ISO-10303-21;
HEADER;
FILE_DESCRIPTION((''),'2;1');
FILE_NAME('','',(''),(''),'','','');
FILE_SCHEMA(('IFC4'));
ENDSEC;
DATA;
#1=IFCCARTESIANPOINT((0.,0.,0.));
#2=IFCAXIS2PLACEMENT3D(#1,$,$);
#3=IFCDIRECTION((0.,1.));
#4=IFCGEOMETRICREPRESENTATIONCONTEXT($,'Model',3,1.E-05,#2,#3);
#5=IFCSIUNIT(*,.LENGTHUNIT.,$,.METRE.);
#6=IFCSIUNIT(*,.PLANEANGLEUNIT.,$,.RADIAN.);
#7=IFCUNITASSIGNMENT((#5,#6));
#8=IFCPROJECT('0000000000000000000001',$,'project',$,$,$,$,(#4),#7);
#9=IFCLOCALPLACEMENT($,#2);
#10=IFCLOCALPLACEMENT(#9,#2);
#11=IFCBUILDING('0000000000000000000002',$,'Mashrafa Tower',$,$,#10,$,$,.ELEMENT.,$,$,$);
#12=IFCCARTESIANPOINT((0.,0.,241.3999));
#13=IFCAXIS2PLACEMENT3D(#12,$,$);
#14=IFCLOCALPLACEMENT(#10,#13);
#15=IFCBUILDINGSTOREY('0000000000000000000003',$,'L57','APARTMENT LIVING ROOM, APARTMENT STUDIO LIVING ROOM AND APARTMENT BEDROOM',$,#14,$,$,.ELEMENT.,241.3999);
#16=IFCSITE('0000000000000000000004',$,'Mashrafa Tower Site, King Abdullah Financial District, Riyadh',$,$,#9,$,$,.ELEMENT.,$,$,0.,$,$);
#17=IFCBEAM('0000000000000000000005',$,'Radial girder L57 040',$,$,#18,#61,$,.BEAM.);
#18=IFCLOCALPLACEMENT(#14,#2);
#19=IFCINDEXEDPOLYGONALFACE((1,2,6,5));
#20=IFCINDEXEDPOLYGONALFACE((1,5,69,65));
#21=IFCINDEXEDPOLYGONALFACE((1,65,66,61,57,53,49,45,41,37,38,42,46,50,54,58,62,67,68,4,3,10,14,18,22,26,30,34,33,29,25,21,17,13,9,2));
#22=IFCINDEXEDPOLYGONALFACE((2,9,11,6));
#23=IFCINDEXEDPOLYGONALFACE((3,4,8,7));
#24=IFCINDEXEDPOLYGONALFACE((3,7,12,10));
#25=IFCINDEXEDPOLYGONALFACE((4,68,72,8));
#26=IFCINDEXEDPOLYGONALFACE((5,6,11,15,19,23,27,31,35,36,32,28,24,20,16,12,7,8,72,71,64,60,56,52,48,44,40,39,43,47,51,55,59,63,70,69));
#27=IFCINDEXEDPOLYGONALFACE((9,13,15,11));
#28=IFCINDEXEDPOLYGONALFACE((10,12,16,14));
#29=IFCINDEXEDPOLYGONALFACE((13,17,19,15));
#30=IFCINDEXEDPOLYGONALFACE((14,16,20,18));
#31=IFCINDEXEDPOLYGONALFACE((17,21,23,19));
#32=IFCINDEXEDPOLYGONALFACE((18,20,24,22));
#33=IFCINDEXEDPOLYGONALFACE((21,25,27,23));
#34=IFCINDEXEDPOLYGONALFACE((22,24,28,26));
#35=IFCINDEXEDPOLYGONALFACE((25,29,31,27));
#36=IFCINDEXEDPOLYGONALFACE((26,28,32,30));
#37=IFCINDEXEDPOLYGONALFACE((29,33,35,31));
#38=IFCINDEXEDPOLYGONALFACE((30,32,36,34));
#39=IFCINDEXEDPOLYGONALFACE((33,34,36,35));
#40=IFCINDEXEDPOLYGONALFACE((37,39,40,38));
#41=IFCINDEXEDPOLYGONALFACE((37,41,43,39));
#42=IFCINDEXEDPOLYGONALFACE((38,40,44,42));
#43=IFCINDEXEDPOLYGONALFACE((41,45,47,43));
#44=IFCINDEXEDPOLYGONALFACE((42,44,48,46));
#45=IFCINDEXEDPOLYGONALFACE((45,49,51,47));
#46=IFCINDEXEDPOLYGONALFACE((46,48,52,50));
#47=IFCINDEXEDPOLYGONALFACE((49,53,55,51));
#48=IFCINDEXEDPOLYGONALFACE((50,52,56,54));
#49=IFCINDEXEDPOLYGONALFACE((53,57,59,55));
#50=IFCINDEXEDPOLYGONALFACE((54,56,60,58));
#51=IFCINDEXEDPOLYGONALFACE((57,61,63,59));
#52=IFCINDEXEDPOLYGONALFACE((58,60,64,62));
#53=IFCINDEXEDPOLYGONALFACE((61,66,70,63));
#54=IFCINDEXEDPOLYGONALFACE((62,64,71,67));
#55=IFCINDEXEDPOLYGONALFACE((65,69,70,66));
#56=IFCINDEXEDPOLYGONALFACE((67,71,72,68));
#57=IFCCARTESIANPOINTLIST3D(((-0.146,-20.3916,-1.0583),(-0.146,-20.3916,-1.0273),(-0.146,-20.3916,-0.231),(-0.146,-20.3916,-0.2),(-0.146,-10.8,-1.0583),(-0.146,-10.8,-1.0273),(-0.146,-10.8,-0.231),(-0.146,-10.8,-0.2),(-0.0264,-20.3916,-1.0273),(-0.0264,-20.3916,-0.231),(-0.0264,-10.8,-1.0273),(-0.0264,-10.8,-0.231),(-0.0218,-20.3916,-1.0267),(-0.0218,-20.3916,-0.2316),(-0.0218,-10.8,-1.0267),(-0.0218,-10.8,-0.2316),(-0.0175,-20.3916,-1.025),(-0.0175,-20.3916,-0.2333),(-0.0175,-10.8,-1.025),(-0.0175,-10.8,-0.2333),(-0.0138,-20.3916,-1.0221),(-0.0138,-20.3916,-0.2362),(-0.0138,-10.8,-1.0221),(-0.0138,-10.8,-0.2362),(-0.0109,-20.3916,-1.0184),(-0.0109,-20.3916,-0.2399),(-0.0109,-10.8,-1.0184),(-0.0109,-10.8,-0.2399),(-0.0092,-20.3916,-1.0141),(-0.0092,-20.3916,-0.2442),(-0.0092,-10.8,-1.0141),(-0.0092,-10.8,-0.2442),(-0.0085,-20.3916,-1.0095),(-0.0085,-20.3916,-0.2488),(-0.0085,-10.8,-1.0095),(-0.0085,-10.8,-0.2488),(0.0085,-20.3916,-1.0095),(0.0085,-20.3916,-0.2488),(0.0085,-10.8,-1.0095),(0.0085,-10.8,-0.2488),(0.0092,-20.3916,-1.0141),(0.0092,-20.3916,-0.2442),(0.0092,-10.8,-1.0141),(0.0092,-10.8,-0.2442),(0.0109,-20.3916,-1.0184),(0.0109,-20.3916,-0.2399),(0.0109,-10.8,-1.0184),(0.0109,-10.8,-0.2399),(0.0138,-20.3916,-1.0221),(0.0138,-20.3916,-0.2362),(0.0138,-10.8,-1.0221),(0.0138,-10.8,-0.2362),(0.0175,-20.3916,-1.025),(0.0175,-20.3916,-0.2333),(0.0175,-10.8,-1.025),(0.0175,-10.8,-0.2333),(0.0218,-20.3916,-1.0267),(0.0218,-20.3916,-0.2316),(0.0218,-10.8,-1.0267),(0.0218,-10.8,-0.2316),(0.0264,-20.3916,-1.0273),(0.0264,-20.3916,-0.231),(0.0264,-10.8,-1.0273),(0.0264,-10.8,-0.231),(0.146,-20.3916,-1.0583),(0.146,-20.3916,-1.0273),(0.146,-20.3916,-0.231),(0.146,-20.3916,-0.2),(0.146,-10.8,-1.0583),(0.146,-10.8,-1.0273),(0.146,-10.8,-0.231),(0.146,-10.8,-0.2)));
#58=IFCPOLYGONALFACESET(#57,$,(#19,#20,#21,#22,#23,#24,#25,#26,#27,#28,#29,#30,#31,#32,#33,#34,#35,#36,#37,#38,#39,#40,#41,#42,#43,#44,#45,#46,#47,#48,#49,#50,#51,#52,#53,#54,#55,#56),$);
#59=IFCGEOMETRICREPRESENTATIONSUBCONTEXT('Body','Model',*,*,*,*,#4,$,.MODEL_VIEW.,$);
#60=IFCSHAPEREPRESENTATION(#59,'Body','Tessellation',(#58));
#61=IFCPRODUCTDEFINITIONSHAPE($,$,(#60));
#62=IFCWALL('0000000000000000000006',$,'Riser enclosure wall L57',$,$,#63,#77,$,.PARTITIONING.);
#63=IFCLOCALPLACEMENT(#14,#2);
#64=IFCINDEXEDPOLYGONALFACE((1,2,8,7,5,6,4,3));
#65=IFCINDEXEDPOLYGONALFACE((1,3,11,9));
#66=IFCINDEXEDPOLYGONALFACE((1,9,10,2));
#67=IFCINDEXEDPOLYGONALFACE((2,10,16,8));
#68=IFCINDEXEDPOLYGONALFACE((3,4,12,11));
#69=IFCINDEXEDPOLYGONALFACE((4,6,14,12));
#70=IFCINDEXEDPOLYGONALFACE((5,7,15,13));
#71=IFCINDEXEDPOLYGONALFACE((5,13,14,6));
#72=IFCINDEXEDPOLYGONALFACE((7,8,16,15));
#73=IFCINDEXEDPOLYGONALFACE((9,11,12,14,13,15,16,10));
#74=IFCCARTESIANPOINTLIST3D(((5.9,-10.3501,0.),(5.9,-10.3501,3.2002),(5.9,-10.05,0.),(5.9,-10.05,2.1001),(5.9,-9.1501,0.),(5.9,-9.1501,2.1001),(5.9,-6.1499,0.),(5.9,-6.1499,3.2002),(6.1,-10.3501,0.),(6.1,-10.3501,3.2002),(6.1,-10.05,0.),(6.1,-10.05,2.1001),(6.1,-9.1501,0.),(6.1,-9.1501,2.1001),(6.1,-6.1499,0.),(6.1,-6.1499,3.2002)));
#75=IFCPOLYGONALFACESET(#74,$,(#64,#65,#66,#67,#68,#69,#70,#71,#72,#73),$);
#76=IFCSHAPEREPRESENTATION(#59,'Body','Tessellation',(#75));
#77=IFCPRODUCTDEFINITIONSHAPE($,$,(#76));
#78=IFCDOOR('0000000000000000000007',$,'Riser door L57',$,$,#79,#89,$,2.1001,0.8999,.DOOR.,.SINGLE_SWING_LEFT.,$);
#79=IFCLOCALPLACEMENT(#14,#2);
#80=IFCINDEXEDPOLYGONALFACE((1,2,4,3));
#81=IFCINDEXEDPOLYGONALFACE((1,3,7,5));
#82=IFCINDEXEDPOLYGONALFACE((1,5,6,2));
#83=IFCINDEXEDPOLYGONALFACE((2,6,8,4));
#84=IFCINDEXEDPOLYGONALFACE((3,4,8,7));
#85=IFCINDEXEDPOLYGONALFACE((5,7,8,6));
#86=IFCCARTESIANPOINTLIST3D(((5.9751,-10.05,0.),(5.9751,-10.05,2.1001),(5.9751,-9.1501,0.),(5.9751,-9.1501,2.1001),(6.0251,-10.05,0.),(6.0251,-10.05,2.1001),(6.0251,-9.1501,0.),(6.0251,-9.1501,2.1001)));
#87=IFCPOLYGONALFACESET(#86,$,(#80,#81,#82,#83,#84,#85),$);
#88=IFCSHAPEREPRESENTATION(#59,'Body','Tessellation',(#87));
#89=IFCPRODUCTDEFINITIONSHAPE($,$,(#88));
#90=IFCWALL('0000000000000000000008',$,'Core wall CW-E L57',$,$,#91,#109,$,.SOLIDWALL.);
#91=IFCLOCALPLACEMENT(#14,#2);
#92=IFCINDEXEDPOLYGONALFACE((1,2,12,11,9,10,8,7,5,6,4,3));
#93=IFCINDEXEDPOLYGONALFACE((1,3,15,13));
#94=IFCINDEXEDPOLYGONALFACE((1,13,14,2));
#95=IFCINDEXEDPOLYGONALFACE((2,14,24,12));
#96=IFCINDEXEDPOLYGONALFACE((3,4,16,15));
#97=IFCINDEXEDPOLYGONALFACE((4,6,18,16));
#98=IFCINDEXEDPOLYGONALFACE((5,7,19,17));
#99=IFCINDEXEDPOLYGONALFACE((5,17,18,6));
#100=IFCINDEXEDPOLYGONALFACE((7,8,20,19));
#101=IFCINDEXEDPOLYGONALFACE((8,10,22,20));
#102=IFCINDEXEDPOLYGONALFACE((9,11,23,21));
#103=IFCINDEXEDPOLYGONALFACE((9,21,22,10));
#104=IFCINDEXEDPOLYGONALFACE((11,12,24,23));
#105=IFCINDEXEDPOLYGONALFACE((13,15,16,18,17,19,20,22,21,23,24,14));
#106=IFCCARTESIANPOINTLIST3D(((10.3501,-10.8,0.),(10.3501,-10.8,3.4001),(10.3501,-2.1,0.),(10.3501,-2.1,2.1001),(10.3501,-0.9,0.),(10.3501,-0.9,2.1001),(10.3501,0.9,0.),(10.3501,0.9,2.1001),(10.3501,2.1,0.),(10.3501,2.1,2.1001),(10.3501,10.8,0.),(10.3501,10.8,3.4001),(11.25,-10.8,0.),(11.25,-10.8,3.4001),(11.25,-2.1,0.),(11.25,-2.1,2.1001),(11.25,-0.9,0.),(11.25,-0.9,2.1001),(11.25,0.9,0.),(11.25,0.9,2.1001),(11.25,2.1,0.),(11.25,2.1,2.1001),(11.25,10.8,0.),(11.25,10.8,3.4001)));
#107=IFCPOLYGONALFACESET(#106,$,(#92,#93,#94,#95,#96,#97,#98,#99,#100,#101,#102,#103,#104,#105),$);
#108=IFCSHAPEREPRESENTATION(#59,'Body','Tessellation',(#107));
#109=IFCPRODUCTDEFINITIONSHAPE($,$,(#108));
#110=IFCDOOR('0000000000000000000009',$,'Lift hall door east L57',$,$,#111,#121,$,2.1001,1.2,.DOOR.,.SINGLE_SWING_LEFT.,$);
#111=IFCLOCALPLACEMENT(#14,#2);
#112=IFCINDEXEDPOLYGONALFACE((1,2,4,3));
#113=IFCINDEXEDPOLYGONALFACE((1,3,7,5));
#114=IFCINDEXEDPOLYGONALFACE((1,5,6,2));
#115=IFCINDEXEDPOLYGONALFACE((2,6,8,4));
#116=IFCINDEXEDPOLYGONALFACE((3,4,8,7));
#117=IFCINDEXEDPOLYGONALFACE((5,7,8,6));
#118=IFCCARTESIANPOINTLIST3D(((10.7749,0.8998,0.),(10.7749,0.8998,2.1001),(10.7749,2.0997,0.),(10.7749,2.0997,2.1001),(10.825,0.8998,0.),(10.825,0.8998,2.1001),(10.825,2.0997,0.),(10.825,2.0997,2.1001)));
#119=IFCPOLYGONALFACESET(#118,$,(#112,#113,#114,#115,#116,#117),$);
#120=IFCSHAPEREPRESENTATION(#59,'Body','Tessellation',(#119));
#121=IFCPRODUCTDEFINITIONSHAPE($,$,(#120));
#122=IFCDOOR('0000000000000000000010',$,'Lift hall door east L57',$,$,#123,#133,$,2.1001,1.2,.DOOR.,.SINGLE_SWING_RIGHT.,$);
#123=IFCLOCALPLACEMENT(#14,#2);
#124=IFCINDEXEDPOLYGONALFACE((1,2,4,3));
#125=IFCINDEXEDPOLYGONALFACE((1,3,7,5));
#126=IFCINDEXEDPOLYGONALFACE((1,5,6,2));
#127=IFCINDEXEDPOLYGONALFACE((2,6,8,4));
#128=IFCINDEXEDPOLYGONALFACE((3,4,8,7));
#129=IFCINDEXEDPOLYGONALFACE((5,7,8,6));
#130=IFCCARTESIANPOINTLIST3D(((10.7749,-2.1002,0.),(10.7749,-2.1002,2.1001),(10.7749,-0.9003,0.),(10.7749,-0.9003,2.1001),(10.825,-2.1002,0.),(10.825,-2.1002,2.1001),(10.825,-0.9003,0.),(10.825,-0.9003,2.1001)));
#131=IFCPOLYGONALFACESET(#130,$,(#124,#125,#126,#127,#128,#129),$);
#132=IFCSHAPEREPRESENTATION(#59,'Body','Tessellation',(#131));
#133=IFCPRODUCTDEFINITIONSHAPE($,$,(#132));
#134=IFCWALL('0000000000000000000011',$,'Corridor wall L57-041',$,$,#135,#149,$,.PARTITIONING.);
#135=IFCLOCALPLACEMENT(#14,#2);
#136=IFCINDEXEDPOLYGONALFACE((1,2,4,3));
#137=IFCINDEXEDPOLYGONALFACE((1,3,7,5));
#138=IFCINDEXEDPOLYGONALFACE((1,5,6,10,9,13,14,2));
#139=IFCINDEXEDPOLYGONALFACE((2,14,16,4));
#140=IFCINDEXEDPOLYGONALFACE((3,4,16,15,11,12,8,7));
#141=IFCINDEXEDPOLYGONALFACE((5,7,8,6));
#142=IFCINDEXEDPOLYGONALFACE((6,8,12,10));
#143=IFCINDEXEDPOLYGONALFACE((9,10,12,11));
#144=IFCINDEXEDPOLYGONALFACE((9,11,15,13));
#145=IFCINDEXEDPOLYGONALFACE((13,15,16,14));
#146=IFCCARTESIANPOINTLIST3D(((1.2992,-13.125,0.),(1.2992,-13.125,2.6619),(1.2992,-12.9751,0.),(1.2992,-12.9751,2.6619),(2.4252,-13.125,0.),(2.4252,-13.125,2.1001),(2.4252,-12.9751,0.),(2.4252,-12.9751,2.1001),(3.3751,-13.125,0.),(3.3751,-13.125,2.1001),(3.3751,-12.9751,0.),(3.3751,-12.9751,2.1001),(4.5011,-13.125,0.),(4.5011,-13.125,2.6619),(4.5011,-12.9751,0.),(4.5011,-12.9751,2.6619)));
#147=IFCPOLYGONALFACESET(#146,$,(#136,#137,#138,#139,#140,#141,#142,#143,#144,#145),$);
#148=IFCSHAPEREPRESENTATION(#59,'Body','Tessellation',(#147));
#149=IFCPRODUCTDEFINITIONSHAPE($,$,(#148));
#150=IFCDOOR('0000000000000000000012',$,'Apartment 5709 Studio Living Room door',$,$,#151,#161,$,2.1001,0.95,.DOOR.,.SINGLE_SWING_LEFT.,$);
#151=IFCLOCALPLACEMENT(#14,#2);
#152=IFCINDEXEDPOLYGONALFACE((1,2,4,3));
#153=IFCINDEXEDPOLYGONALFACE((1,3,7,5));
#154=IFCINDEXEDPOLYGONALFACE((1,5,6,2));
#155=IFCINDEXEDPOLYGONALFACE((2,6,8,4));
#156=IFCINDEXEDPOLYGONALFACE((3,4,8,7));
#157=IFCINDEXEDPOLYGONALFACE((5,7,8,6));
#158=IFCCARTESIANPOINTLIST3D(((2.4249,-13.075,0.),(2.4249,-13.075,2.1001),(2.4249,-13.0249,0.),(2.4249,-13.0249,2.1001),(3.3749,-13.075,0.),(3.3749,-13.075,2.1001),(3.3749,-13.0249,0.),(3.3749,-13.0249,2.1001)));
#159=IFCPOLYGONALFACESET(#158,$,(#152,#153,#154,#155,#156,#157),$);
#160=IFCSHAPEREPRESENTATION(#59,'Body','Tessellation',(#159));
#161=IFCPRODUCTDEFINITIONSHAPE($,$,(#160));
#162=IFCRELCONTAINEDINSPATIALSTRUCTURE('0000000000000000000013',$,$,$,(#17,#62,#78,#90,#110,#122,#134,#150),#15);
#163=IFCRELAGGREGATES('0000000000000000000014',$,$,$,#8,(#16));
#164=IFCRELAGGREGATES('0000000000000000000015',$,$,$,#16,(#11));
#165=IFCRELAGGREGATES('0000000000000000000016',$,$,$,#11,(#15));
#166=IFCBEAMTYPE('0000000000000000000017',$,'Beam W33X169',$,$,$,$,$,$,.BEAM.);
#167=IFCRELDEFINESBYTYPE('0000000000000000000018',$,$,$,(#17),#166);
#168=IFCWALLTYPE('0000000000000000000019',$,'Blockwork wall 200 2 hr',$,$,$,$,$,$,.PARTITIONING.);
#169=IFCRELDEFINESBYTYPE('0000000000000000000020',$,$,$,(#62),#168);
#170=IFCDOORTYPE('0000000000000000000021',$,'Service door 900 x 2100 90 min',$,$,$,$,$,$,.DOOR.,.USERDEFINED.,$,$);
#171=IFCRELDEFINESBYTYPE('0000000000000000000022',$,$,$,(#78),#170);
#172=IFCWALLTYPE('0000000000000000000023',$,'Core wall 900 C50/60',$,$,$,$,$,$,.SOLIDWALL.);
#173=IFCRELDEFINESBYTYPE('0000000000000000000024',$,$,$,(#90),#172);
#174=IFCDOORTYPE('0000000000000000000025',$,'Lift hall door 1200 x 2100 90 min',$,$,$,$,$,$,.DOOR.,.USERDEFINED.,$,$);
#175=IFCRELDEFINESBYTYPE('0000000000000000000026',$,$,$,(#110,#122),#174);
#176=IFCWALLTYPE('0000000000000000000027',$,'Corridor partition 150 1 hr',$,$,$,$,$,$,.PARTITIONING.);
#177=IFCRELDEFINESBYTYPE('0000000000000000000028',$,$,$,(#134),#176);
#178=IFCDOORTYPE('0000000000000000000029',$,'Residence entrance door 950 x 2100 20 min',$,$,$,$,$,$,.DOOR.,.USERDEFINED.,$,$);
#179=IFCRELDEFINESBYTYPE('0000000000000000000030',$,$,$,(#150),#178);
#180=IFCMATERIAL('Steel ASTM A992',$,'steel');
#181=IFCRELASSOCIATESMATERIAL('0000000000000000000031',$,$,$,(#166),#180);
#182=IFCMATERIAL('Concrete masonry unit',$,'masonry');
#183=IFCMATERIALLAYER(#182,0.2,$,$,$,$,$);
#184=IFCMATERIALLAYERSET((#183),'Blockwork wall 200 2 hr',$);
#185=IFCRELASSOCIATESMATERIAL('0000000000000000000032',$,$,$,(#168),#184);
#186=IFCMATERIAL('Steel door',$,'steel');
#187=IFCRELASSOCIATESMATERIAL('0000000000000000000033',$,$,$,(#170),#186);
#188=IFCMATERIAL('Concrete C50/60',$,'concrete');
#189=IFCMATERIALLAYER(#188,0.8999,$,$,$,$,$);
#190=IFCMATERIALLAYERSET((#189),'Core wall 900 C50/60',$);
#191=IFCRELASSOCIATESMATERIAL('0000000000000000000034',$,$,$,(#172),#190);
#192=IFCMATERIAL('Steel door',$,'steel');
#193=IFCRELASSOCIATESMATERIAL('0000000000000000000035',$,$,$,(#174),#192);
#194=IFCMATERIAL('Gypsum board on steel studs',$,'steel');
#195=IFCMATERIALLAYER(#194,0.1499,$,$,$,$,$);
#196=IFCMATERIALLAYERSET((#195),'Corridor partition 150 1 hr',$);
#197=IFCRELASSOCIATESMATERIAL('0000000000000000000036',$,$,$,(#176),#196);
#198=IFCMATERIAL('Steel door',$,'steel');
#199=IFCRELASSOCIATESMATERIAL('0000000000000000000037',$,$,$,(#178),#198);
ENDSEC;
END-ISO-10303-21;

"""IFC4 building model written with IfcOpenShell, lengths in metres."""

from ifc_helpers import new_model, si_unit, direction, frame, frame_2d, origin, origin_2d, place, context, subcontext, project, spatial, rectangle, i_section, extrude, material, layer, layer_set, material_profile, profile_set, type_object, element, fill, save


model = new_model("IFC4")

# Units and contexts
model_context = context("Model", 3, precision=1e-05, world=origin(), true_north=direction((0.0, 1.0)))
body_context = subcontext(model_context, "Body", "Model", "MODEL_VIEW")
ifc_project = project(units=[si_unit("LENGTHUNIT", "METRE"), si_unit("PLANEANGLEUNIT", "RADIAN")], contexts=[model_context])

# Site, building, storey
site_placement = place(None, origin())
site = spatial("IfcSite", under=ifc_project, at=site_placement, Name="Mashrafa Tower Site, King Abdullah Financial District, Riyadh", CompositionType="ELEMENT", RefElevation=0.0)
building_placement = place(site_placement, origin())
building = spatial("IfcBuilding", under=site, at=building_placement, Name="Mashrafa Tower", CompositionType="ELEMENT")
storey_placement = place(building_placement, frame((0.0, 0.0, 241.3999)))
storey = spatial("IfcBuildingStorey", under=building, at=storey_placement, Name="L57", Description="APARTMENT LIVING ROOM, APARTMENT STUDIO LIVING ROOM AND APARTMENT BEDROOM", CompositionType="ELEMENT", Elevation=241.3999)

# Beam
ifc_material_1 = material(Name="Steel ASTM A992", Category="steel")
ifc_material_profile_1 = material_profile(ifc_material_1, i_section(OverallWidth=0.292, OverallDepth=0.8584, WebThickness=0.0171, FlangeThickness=0.031, FilletRadius=0.0178, at=origin_2d()), Name="W33X169")
ifc_profile_set_1 = profile_set([ifc_material_profile_1], Name="Steel ASTM A992")
beam_type_1 = type_object("IfcBeamType", Name="Beam W33X169", PredefinedType="BEAM", material=ifc_profile_set_1)
beam_1_placement = place(storey_placement, frame((0.0, -10.8, -0.6292), z_axis=(0.0, -1.0, 0.0), x_axis=(1.0, 0.0, 0.0)))
element("IfcBeam", 1, at=beam_1_placement, inside=storey, type_object=beam_type_1, Name="Radial girder L57 040", PredefinedType="BEAM", context=body_context, shape_type="SweptSolid", body=[
    extrude(i_section(OverallWidth=0.292, OverallDepth=0.8584, WebThickness=0.0171, FlangeThickness=0.031, FilletRadius=0.0178, at=origin_2d()), origin(), (0.0, 0.0, 1.0), 9.5916),
])

# Wall, opening, door
ifc_material_2 = material(Name="Concrete masonry unit", Category="masonry")
ifc_layer_1 = layer(ifc_material_2, 0.2)
ifc_layer_set_1 = layer_set([ifc_layer_1], Name="Blockwork wall 200 2 hr")
wall_type_1 = type_object("IfcWallType", Name="Blockwork wall 200 2 hr", PredefinedType="PARTITIONING", material=ifc_layer_set_1)
wall_1_placement = place(storey_placement, frame((6.0, -10.3501, 0.0), z_axis=(0.0, 0.0, 1.0), x_axis=(0.0, 1.0, 0.0)))
wall_1 = element("IfcWall", 2, at=wall_1_placement, inside=storey, type_object=wall_type_1, Name="Riser enclosure wall L57", PredefinedType="PARTITIONING", context=body_context, shape_type="SweptSolid", body=[
    extrude(rectangle(XDim=4.2002, YDim=0.2, at=frame_2d((2.1001, 0.0))), origin(), (0.0, 0.0, 1.0), 3.2002),
])
opening_1_placement = place(wall_1_placement, frame((0.3, 0.0, 0.0)))
opening_1 = element("IfcOpeningElement", 3, at=opening_1_placement, cuts=wall_1, PredefinedType="OPENING", context=body_context, shape_type="SweptSolid", body=[
    extrude(rectangle(XDim=0.8999, YDim=2.1001, at=frame_2d((0.45, 1.05))), frame((0.0, 0.1099, 0.0), z_axis=(0.0, -1.0, 0.0), x_axis=(1.0, 0.0, 0.0)), (0.0, 0.0, 1.0), 0.22),
])
ifc_material_3 = material(Name="Steel door", Category="steel")
door_type_1 = type_object("IfcDoorType", Name="Service door 900 x 2100 90 min", OperationType="USERDEFINED", PredefinedType="DOOR", material=ifc_material_3)
door_1_placement = place(opening_1_placement, origin())
door_1 = element("IfcDoor", 4, at=door_1_placement, inside=storey, type_object=door_type_1, Name="Riser door L57", OperationType="SINGLE_SWING_LEFT", OverallHeight=2.1001, OverallWidth=0.8999, PredefinedType="DOOR", context=body_context, shape_type="SweptSolid", body=[
    extrude(rectangle(XDim=0.8999, YDim=2.1001, at=frame_2d((0.45, 1.05))), frame((0.0, 0.0249, 0.0), z_axis=(0.0, -1.0, 0.0), x_axis=(1.0, 0.0, 0.0)), (0.0, 0.0, 1.0), 0.05),
])
fill(opening_1, door_1)

# Wall, openings, doors
ifc_material_4 = material(Name="Concrete C50/60", Category="concrete")
ifc_layer_2 = layer(ifc_material_4, 0.8999)
ifc_layer_set_2 = layer_set([ifc_layer_2], Name="Core wall 900 C50/60")
wall_type_2 = type_object("IfcWallType", Name="Core wall 900 C50/60", PredefinedType="SOLIDWALL", material=ifc_layer_set_2)
wall_2_placement = place(storey_placement, frame((10.8, -10.8, 0.0), z_axis=(0.0, 0.0, 1.0), x_axis=(0.0, 1.0, 0.0)))
wall_2 = element("IfcWall", 5, at=wall_2_placement, inside=storey, type_object=wall_type_2, Name="Core wall CW-E L57", PredefinedType="SOLIDWALL", context=body_context, shape_type="SweptSolid", body=[
    extrude(rectangle(XDim=21.6001, YDim=0.8999, at=frame_2d((10.8, 0.0))), origin(), (0.0, 0.0, 1.0), 3.4001),
])
opening_2_placement = place(wall_2_placement, frame((11.7, 0.0, 0.0)))
opening_2 = element("IfcOpeningElement", 6, at=opening_2_placement, cuts=wall_2, PredefinedType="OPENING", context=body_context, shape_type="SweptSolid", body=[
    extrude(rectangle(XDim=1.2, YDim=2.1001, at=frame_2d((0.6001, 1.05))), frame((0.0, 0.46, 0.0), z_axis=(0.0, -1.0, 0.0), x_axis=(1.0, 0.0, 0.0)), (0.0, 0.0, 1.0), 0.9199),
])
opening_3_placement = place(wall_2_placement, frame((8.7, 0.0, 0.0)))
opening_3 = element("IfcOpeningElement", 7, at=opening_3_placement, cuts=wall_2, PredefinedType="OPENING", context=body_context, shape_type="SweptSolid", body=[
    extrude(rectangle(XDim=1.2, YDim=2.1001, at=frame_2d((0.6001, 1.05))), frame((0.0, 0.46, 0.0), z_axis=(0.0, -1.0, 0.0), x_axis=(1.0, 0.0, 0.0)), (0.0, 0.0, 1.0), 0.9199),
])
ifc_material_5 = material(Name="Steel door", Category="steel")
door_type_2 = type_object("IfcDoorType", Name="Lift hall door 1200 x 2100 90 min", OperationType="USERDEFINED", PredefinedType="DOOR", material=ifc_material_5)
door_2_placement = place(opening_2_placement, frame((1.2, 0.0, 0.0), z_axis=(0.0, 0.0, 1.0), x_axis=(-1.0, 0.0, 0.0)))
door_2 = element("IfcDoor", 8, at=door_2_placement, inside=storey, type_object=door_type_2, Name="Lift hall door east L57", OperationType="SINGLE_SWING_LEFT", OverallHeight=2.1001, OverallWidth=1.2, PredefinedType="DOOR", context=body_context, shape_type="SweptSolid", body=[
    extrude(rectangle(XDim=1.2, YDim=2.1001, at=frame_2d((0.6001, 1.05))), frame((0.0, 0.0249, 0.0), z_axis=(0.0, -1.0, 0.0), x_axis=(1.0, 0.0, 0.0)), (0.0, 0.0, 1.0), 0.05),
])
fill(opening_2, door_2)
door_3_placement = place(opening_3_placement, frame((1.2, 0.0, 0.0), z_axis=(0.0, 0.0, 1.0), x_axis=(-1.0, 0.0, 0.0)))
door_3 = element("IfcDoor", 9, at=door_3_placement, inside=storey, type_object=door_type_2, Name="Lift hall door east L57", OperationType="SINGLE_SWING_RIGHT", OverallHeight=2.1001, OverallWidth=1.2, PredefinedType="DOOR", context=body_context, shape_type="SweptSolid", body=[
    extrude(rectangle(XDim=1.2, YDim=2.1001, at=frame_2d((0.6001, 1.05))), frame((0.0, 0.0249, 0.0), z_axis=(0.0, -1.0, 0.0), x_axis=(1.0, 0.0, 0.0)), (0.0, 0.0, 1.0), 0.05),
])
fill(opening_3, door_3)

# Wall, opening, door
ifc_material_6 = material(Name="Gypsum board on steel studs", Category="steel")
ifc_layer_3 = layer(ifc_material_6, 0.1499)
ifc_layer_set_3 = layer_set([ifc_layer_3], Name="Corridor partition 150 1 hr")
wall_type_3 = type_object("IfcWallType", Name="Corridor partition 150 1 hr", PredefinedType="PARTITIONING", material=ifc_layer_set_3)
wall_3_placement = place(storey_placement, frame((1.2991, -13.05, 0.0), z_axis=(0.0, 0.0, 1.0), x_axis=(1.0, 0.0, 0.0)))
wall_3 = element("IfcWall", 10, at=wall_3_placement, inside=storey, type_object=wall_type_3, Name="Corridor wall L57-041", PredefinedType="PARTITIONING", context=body_context, shape_type="SweptSolid", body=[
    extrude(rectangle(XDim=3.2019, YDim=0.1499, at=frame_2d((1.6011, 0.0))), origin(), (0.0, 0.0, 1.0), 2.6619),
])
opening_4_placement = place(wall_3_placement, frame((1.126, 0.0, 0.0)))
opening_4 = element("IfcOpeningElement", 11, at=opening_4_placement, cuts=wall_3, PredefinedType="OPENING", context=body_context, shape_type="SweptSolid", body=[
    extrude(rectangle(XDim=0.95, YDim=2.1001, at=frame_2d((0.4751, 1.05))), frame((0.0, 0.085, 0.0), z_axis=(0.0, -1.0, 0.0), x_axis=(1.0, 0.0, 0.0)), (0.0, 0.0, 1.0), 0.1699),
])
ifc_material_7 = material(Name="Steel door", Category="steel")
door_type_3 = type_object("IfcDoorType", Name="Residence entrance door 950 x 2100 20 min", OperationType="USERDEFINED", PredefinedType="DOOR", material=ifc_material_7)
door_4_placement = place(opening_4_placement, frame((0.95, 0.0, 0.0), z_axis=(0.0, 0.0, 1.0), x_axis=(-1.0, 0.0, 0.0)))
door_4 = element("IfcDoor", 12, at=door_4_placement, inside=storey, type_object=door_type_3, Name="Apartment 5709 Studio Living Room door", OperationType="SINGLE_SWING_LEFT", OverallHeight=2.1001, OverallWidth=0.95, PredefinedType="DOOR", context=body_context, shape_type="SweptSolid", body=[
    extrude(rectangle(XDim=0.95, YDim=2.1001, at=frame_2d((0.4751, 1.05))), frame((0.0, 0.0249, 0.0), z_axis=(0.0, -1.0, 0.0), x_axis=(1.0, 0.0, 0.0)), (0.0, 0.0, 1.0), 0.05),
])
fill(opening_4, door_4)

save(model, "model.ifc")
